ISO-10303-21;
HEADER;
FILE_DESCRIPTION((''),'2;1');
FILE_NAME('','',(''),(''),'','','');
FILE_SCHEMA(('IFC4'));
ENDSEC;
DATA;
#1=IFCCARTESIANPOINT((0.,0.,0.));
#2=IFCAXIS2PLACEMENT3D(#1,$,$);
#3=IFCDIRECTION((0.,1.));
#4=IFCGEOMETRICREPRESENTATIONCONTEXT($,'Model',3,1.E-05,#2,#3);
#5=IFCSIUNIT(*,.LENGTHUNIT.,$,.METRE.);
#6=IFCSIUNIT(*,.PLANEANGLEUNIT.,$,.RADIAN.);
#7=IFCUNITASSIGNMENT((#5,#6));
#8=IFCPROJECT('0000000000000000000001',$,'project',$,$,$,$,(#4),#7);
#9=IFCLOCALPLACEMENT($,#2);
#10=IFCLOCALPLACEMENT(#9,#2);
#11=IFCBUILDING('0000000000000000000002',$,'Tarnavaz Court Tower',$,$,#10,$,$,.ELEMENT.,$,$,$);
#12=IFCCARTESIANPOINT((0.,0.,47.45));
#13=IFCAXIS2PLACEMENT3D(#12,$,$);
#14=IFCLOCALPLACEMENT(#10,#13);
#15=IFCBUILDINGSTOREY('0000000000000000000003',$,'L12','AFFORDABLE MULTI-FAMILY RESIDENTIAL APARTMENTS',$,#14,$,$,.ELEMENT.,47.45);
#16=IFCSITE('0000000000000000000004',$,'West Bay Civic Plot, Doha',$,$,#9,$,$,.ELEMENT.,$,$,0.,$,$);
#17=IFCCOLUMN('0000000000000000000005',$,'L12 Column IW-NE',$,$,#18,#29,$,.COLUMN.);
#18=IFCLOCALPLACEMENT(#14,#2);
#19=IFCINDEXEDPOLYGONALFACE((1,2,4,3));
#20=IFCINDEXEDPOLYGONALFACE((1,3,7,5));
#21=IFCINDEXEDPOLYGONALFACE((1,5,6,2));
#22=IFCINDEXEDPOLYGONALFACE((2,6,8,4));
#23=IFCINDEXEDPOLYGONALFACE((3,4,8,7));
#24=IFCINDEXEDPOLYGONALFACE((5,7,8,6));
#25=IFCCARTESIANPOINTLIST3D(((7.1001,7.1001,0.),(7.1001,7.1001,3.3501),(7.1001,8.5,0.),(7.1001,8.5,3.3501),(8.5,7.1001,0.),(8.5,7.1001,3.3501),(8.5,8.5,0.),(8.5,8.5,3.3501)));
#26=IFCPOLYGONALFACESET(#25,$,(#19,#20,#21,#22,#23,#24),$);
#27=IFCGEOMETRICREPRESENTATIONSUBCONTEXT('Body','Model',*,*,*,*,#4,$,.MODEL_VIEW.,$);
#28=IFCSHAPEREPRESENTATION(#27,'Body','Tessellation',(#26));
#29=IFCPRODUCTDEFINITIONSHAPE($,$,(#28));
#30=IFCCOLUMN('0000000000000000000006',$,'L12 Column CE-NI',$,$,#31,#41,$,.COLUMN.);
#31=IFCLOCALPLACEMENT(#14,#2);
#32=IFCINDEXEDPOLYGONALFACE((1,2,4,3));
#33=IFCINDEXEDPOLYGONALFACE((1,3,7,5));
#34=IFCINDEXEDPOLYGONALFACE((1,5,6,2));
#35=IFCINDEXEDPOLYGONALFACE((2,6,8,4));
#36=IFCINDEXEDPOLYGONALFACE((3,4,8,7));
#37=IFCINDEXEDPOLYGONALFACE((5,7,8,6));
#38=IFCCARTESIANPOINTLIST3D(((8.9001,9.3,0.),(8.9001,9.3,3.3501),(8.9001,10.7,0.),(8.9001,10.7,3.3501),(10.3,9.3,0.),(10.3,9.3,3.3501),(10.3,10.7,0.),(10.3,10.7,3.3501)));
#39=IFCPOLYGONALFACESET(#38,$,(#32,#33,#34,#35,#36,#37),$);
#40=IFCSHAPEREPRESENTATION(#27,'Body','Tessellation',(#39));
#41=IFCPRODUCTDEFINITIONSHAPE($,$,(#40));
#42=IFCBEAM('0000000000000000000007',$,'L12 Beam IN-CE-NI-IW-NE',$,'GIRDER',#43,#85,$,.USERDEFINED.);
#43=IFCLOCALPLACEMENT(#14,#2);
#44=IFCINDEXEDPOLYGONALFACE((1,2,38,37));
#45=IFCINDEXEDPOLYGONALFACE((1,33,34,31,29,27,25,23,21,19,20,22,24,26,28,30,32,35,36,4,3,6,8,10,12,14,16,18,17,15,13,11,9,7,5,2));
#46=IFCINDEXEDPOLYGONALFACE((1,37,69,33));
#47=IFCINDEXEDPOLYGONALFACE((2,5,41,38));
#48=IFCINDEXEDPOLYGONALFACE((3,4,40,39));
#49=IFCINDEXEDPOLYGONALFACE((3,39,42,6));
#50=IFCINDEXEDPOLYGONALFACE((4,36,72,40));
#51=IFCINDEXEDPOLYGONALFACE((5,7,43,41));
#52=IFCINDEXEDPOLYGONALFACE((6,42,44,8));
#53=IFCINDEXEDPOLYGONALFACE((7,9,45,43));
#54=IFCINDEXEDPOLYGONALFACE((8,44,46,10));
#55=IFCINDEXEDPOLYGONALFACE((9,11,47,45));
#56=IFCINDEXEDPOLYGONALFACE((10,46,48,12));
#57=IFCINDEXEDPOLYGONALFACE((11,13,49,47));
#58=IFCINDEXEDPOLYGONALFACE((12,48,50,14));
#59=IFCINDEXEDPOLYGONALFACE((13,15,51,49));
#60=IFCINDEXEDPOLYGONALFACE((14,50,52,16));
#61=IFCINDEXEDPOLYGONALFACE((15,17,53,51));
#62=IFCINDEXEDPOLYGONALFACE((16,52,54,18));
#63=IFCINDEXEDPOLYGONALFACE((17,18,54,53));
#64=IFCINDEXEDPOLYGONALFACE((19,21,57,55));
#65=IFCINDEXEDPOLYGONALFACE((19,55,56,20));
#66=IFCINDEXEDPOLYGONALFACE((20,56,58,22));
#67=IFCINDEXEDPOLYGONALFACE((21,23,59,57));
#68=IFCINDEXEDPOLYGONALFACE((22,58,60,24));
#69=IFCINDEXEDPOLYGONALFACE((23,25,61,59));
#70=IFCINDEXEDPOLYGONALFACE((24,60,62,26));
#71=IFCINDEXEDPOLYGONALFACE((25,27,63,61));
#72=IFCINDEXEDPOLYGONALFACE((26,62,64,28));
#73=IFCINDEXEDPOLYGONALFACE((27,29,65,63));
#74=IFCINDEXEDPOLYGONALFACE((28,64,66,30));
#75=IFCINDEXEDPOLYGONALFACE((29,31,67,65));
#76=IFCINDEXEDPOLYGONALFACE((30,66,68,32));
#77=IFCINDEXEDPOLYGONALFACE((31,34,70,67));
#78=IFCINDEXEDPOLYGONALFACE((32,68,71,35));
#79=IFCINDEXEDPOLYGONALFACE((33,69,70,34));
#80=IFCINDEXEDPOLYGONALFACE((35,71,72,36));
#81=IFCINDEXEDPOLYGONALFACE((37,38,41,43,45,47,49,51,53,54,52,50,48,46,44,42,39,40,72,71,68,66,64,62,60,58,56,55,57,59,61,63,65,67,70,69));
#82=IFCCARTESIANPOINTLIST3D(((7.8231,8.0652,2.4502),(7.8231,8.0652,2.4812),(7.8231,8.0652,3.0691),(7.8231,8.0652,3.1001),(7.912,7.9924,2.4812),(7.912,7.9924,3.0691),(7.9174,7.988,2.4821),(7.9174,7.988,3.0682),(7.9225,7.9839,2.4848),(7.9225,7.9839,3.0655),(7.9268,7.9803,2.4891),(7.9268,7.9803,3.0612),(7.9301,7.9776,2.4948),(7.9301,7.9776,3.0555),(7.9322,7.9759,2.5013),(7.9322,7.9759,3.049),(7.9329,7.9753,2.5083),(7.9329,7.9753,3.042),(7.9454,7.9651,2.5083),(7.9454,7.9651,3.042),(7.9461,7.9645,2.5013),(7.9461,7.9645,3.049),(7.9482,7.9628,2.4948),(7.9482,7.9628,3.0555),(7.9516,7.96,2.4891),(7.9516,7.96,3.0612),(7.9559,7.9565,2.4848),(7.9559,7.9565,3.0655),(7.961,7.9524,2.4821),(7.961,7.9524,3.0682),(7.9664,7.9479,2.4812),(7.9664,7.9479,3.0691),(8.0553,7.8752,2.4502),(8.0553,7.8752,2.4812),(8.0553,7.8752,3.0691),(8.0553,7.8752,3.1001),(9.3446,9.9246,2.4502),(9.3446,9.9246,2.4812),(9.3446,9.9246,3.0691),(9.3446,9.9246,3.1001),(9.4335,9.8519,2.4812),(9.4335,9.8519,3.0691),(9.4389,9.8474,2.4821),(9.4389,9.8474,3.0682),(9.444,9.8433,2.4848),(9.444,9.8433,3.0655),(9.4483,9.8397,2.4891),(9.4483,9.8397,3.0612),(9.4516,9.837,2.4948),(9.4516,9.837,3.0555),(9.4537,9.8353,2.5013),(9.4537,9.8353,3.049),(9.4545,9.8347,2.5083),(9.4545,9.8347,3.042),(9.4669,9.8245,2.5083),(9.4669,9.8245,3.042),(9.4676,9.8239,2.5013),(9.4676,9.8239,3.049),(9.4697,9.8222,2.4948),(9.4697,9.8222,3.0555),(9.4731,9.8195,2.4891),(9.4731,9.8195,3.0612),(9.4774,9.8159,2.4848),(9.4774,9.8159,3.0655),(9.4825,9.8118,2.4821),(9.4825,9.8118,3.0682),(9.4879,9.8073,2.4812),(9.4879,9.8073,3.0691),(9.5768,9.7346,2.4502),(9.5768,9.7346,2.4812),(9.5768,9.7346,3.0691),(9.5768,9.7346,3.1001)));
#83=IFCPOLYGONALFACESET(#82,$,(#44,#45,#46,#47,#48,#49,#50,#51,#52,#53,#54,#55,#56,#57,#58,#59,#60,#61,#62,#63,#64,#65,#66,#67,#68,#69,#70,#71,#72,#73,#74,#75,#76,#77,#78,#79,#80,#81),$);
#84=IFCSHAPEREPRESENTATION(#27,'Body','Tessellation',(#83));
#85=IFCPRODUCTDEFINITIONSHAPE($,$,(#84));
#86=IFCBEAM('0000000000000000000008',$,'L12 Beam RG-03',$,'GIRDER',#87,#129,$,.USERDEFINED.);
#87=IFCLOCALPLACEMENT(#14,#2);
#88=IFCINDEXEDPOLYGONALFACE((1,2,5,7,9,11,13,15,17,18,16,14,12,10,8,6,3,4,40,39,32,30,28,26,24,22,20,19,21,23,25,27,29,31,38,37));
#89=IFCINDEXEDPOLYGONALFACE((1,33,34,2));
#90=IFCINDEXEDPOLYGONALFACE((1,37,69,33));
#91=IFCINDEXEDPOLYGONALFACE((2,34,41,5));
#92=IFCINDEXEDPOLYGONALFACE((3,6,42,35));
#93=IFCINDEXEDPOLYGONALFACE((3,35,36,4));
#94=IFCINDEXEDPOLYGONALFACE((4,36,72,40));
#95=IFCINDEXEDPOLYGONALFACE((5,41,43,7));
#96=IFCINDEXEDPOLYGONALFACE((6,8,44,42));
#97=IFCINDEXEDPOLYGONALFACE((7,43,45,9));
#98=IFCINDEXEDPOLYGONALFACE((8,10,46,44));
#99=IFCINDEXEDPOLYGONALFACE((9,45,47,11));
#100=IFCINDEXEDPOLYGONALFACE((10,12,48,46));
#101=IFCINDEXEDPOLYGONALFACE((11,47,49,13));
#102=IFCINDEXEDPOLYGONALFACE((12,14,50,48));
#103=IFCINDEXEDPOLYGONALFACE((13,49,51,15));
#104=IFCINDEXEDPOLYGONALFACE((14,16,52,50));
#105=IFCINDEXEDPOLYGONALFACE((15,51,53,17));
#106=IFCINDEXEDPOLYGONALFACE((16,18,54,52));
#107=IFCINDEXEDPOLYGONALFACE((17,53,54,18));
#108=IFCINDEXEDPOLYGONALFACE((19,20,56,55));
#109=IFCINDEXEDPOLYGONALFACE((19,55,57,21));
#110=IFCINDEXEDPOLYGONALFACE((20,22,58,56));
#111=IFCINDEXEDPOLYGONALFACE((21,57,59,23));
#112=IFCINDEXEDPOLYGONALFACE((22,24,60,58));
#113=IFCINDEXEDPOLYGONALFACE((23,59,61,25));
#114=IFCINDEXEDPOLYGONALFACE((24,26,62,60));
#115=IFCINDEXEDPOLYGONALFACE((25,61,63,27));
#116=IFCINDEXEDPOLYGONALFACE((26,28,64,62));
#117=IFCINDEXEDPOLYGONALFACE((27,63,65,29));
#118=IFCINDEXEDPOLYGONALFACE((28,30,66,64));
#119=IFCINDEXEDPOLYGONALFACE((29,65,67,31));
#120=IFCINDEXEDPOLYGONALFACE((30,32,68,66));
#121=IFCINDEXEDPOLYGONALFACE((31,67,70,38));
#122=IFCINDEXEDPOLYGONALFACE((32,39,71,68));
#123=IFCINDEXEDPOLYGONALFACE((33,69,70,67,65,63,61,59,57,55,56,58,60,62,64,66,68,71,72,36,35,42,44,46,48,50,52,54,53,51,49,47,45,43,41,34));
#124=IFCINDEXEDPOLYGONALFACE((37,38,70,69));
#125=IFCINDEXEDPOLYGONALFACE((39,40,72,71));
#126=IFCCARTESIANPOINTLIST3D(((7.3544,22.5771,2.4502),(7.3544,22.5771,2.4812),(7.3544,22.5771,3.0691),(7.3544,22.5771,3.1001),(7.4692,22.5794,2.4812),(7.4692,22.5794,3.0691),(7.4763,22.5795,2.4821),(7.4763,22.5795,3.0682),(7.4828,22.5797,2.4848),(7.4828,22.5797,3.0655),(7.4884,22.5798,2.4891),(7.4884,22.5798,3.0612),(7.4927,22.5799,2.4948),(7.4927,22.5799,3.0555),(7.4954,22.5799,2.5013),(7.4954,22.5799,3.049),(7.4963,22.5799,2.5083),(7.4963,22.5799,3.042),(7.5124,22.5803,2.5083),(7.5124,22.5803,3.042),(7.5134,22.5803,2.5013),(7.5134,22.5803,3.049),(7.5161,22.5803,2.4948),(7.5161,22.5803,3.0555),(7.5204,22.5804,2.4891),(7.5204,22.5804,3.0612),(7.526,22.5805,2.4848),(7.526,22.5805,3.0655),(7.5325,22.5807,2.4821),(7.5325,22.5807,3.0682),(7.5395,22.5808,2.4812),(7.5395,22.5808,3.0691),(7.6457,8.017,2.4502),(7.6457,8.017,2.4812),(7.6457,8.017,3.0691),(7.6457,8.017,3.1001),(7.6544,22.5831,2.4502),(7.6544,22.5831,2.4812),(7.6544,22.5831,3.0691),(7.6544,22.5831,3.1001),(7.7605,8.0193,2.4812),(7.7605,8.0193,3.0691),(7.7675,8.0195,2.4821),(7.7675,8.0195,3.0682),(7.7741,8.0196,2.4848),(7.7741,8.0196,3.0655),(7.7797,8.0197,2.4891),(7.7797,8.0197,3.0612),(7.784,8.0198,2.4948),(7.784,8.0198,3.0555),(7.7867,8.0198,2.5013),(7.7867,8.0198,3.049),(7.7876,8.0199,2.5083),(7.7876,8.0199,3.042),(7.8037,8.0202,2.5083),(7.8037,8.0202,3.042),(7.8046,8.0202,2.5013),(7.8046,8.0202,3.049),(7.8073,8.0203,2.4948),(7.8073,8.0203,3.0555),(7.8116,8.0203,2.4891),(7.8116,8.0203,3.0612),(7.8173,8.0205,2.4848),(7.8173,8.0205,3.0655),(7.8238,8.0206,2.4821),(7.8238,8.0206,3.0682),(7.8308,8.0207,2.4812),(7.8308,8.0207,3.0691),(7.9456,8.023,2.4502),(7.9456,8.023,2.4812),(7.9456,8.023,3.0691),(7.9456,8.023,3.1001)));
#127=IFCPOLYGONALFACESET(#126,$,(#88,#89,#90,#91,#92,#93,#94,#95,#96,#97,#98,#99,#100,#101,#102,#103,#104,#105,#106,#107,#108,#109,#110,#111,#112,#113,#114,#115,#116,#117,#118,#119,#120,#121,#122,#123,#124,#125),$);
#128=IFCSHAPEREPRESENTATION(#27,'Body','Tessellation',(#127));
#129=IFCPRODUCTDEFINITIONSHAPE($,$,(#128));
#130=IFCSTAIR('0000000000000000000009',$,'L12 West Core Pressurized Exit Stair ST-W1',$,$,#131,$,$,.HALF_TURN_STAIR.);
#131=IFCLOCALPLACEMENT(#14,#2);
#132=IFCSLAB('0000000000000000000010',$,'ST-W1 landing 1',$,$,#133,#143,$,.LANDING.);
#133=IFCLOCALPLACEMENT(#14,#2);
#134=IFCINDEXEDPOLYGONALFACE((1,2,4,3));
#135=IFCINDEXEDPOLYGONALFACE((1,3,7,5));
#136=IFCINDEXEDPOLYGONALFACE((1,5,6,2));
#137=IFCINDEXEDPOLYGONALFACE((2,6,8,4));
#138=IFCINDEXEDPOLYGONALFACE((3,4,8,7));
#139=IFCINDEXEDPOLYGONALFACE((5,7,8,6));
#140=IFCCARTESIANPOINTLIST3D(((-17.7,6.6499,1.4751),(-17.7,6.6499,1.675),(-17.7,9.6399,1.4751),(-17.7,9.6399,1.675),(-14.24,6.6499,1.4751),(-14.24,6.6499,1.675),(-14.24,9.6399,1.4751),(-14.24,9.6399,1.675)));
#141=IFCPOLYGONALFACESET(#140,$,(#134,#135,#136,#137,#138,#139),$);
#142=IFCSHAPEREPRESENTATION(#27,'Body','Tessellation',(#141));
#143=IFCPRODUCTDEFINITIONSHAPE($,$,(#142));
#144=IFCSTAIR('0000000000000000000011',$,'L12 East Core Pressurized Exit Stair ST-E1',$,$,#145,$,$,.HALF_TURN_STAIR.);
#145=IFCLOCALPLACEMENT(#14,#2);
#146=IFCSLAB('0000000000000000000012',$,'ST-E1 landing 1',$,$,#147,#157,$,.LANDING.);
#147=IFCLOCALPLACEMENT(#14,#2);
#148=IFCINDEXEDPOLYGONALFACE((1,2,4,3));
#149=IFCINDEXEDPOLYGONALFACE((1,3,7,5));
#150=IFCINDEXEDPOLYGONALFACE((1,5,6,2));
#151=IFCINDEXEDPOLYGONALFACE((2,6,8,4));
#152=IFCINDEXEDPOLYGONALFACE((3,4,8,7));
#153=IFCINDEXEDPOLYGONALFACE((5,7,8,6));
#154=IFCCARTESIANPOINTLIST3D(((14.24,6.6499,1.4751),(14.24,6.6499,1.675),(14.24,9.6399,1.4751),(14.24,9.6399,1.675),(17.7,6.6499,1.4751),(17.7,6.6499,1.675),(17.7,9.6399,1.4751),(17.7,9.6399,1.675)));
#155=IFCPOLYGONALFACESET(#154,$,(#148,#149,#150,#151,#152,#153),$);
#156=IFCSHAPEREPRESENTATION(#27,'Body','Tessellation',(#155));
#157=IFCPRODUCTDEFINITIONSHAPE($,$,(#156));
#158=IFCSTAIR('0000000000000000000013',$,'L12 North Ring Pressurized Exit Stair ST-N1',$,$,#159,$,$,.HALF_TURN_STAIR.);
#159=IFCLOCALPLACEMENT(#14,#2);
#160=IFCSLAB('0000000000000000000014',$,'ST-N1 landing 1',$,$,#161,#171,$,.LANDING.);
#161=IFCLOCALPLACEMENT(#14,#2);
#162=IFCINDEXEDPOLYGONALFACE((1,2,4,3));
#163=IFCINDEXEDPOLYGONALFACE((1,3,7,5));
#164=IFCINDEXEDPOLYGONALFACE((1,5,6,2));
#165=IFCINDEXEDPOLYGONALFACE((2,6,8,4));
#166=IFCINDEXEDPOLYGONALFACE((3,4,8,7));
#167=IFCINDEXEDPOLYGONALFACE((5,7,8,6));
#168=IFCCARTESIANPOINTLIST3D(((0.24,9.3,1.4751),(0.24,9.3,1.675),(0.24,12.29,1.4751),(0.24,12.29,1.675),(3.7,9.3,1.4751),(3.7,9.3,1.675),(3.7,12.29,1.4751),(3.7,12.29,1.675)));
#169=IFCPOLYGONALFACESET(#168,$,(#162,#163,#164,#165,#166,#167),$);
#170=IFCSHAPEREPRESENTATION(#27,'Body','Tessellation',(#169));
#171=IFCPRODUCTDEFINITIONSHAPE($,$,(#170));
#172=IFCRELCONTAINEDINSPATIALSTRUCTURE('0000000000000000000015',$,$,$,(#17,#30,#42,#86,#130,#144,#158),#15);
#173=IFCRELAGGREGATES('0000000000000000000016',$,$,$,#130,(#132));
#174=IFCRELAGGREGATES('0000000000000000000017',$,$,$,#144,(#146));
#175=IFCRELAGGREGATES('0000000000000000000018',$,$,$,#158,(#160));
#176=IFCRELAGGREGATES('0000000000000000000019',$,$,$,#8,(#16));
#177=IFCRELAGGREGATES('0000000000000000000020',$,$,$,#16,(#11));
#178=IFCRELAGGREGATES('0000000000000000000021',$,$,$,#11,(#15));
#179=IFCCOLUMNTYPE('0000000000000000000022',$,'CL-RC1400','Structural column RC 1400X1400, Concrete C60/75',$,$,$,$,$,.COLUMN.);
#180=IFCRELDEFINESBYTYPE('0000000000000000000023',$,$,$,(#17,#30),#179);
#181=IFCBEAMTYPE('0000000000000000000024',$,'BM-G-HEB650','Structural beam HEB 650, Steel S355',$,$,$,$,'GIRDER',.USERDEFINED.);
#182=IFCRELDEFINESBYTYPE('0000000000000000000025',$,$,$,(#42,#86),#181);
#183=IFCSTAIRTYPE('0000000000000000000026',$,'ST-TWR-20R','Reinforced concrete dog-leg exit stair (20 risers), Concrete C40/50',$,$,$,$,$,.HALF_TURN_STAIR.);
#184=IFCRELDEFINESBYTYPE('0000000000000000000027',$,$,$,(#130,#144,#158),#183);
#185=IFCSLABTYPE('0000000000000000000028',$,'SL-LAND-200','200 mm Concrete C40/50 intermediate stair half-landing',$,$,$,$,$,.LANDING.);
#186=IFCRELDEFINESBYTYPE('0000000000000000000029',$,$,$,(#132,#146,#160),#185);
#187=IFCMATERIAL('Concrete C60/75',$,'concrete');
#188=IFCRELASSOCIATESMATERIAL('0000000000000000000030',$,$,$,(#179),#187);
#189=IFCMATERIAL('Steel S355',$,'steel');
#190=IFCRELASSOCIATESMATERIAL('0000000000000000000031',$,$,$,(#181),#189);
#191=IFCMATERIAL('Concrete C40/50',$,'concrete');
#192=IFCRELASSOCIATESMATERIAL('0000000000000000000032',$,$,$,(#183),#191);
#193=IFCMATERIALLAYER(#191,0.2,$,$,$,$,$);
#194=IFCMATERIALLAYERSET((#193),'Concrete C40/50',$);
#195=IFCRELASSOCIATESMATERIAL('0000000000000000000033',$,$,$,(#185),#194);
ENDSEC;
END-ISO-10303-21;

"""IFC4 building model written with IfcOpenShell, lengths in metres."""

from ifc_helpers import new_model, si_unit, direction, frame, origin, origin_2d, place, context, subcontext, project, spatial, polyline, rectangle, i_section, outline, extrude, material, layer, layer_set, material_profile, profile_set, type_object, element, aggregate, save


model = new_model("IFC4")

# Units and contexts
model_context = context("Model", 3, precision=1e-05, world=origin(), true_north=direction((0.0, 1.0)))
body_context = subcontext(model_context, "Body", "Model", "MODEL_VIEW")
ifc_project = project(units=[si_unit("LENGTHUNIT", "METRE"), si_unit("PLANEANGLEUNIT", "RADIAN")], contexts=[model_context])

# Site, building, storey
site_placement = place(None, origin())
site = spatial("IfcSite", under=ifc_project, at=site_placement, Name="West Bay Civic Plot, Doha", CompositionType="ELEMENT", RefElevation=0.0)
building_placement = place(site_placement, origin())
building = spatial("IfcBuilding", under=site, at=building_placement, Name="Tarnavaz Court Tower", CompositionType="ELEMENT")
storey_placement = place(building_placement, frame((0.0, 0.0, 47.45)))
storey = spatial("IfcBuildingStorey", under=building, at=storey_placement, Name="L12", Description="AFFORDABLE MULTI-FAMILY RESIDENTIAL APARTMENTS", CompositionType="ELEMENT", Elevation=47.45)

# Columns
ifc_material_1 = material(Name="Concrete C60/75", Category="concrete")
ifc_material_profile_1 = material_profile(ifc_material_1, rectangle(XDim=1.3999, YDim=1.3999, at=origin_2d()), Name="RC 1400X1400")
ifc_profile_set_1 = profile_set([ifc_material_profile_1], Name="Concrete C60/75")
column_type = type_object("IfcColumnType", Name="CL-RC1400", Description="Structural column RC 1400X1400, Concrete C60/75", PredefinedType="COLUMN", material=ifc_profile_set_1)
for number, where, z_axis, x_axis, name in (
    (1, (7.8, 7.8, 0.0), (0.0, 0.0, 1.0), (1.0, 0.0, 0.0), "L12 Column IW-NE"),
    (2, (9.6001, 10.0, 0.0), (0.0, 0.0, 1.0), (1.0, 0.0, 0.0), "L12 Column CE-NI"),
):
    element("IfcColumn", number, at=place(storey_placement, frame(where, z_axis=z_axis, x_axis=x_axis)), inside=storey, type_object=column_type, Name=name, PredefinedType="COLUMN", context=body_context, shape_type="SweptSolid", body=[
        extrude(rectangle(XDim=1.3999, YDim=1.3999, at=origin_2d()), origin(), (0.0, 0.0, 1.0), 3.3501),
    ])

# Beams
ifc_material_2 = material(Name="Steel S355", Category="steel")
ifc_material_profile_2 = material_profile(ifc_material_2, i_section(OverallWidth=0.3, OverallDepth=0.6499, WebThickness=0.0161, FlangeThickness=0.031, FilletRadius=0.0271, at=origin_2d()), Name="HEB 650")
ifc_profile_set_2 = profile_set([ifc_material_profile_2], Name="Steel S355")
beam_type = type_object("IfcBeamType", Name="BM-G-HEB650", Description="Structural beam HEB 650, Steel S355", ElementType="GIRDER", PredefinedType="USERDEFINED", material=ifc_profile_set_2)
beam_1_placement = place(storey_placement, frame((9.4607, 9.8296, 2.7751), z_axis=(-0.633282, -0.773921, 0.0), x_axis=(0.773921, -0.633282, 0.0)))
element("IfcBeam", 3, at=beam_1_placement, inside=storey, type_object=beam_type, Name="L12 Beam IN-CE-NI-IW-NE", ObjectType="GIRDER", PredefinedType="USERDEFINED", context=body_context, shape_type="SweptSolid", body=[
    extrude(i_section(OverallWidth=0.3, OverallDepth=0.6499, WebThickness=0.0161, FlangeThickness=0.031, FilletRadius=0.0271, at=origin_2d()), origin(), (0.0, 0.0, 1.0), 2.4026),
])
beam_2_placement = place(storey_placement, frame((7.7957, 8.02, 2.7751), z_axis=(-0.02, 0.9998, 0.0), x_axis=(-0.9998, -0.02, 0.0)))
element("IfcBeam", 4, at=beam_2_placement, inside=storey, type_object=beam_type, Name="L12 Beam RG-03", ObjectType="GIRDER", PredefinedType="USERDEFINED", context=body_context, shape_type="SweptSolid", body=[
    extrude(i_section(OverallWidth=0.3, OverallDepth=0.6499, WebThickness=0.0161, FlangeThickness=0.031, FilletRadius=0.0271, at=origin_2d()), origin(), (0.0, 0.0, 1.0), 14.563),
])

# Stairs, slabs
ifc_material_3 = material(Name="Concrete C40/50", Category="concrete")
stair_type = type_object("IfcStairType", Name="ST-TWR-20R", Description="Reinforced concrete dog-leg exit stair (20 risers), Concrete C40/50", PredefinedType="HALF_TURN_STAIR", material=ifc_material_3)
stair_1_placement = place(storey_placement, origin())
stair_1 = element("IfcStair", 5, at=stair_1_placement, inside=storey, type_object=stair_type, Name="L12 West Core Pressurized Exit Stair ST-W1", PredefinedType="HALF_TURN_STAIR")
ifc_layer_1 = layer(ifc_material_3, 0.2)
ifc_layer_set_1 = layer_set([ifc_layer_1], Name="Concrete C40/50")
slab_type_1 = type_object("IfcSlabType", Name="SL-LAND-200", Description="200 mm Concrete C40/50 intermediate stair half-landing", PredefinedType="LANDING", material=ifc_layer_set_1)
slab_1_placement = place(storey_placement, frame((0.0, 0.0, 1.4751)))
slab_1 = element("IfcSlab", 6, at=slab_1_placement, type_object=slab_type_1, Name="ST-W1 landing 1", PredefinedType="LANDING", context=body_context, shape_type="SweptSolid", body=[
    extrude(outline(polyline([(-14.24, 9.6399), (-17.7, 9.6399), (-17.7, 6.6499), (-14.24, 6.6499), (-14.24, 9.6399)])), origin(), (0.0, 0.0, 1.0), 0.2),
])
aggregate(stair_1, [slab_1])
stair_2_placement = place(storey_placement, origin())
stair_2 = element("IfcStair", 7, at=stair_2_placement, inside=storey, type_object=stair_type, Name="L12 East Core Pressurized Exit Stair ST-E1", PredefinedType="HALF_TURN_STAIR")
slab_2_placement = place(storey_placement, frame((0.0, 0.0, 1.4751)))
slab_2 = element("IfcSlab", 8, at=slab_2_placement, type_object=slab_type_1, Name="ST-E1 landing 1", PredefinedType="LANDING", context=body_context, shape_type="SweptSolid", body=[
    extrude(outline(polyline([(14.24, 6.6499), (17.7, 6.6499), (17.7, 9.6399), (14.24, 9.6399), (14.24, 6.6499)])), origin(), (0.0, 0.0, 1.0), 0.2),
])
aggregate(stair_2, [slab_2])
stair_3_placement = place(storey_placement, origin())
stair_3 = element("IfcStair", 9, at=stair_3_placement, inside=storey, type_object=stair_type, Name="L12 North Ring Pressurized Exit Stair ST-N1", PredefinedType="HALF_TURN_STAIR")
slab_3_placement = place(storey_placement, frame((0.0, 0.0, 1.4751)))
slab_3 = element("IfcSlab", 10, at=slab_3_placement, type_object=slab_type_1, Name="ST-N1 landing 1", PredefinedType="LANDING", context=body_context, shape_type="SweptSolid", body=[
    extrude(outline(polyline([(0.24, 9.3), (3.7, 9.3), (3.7, 12.29), (0.24, 12.29), (0.24, 9.3)])), origin(), (0.0, 0.0, 1.0), 0.2),
])

aggregate(stair_3, [slab_3])

save(model, "model.ifc")
